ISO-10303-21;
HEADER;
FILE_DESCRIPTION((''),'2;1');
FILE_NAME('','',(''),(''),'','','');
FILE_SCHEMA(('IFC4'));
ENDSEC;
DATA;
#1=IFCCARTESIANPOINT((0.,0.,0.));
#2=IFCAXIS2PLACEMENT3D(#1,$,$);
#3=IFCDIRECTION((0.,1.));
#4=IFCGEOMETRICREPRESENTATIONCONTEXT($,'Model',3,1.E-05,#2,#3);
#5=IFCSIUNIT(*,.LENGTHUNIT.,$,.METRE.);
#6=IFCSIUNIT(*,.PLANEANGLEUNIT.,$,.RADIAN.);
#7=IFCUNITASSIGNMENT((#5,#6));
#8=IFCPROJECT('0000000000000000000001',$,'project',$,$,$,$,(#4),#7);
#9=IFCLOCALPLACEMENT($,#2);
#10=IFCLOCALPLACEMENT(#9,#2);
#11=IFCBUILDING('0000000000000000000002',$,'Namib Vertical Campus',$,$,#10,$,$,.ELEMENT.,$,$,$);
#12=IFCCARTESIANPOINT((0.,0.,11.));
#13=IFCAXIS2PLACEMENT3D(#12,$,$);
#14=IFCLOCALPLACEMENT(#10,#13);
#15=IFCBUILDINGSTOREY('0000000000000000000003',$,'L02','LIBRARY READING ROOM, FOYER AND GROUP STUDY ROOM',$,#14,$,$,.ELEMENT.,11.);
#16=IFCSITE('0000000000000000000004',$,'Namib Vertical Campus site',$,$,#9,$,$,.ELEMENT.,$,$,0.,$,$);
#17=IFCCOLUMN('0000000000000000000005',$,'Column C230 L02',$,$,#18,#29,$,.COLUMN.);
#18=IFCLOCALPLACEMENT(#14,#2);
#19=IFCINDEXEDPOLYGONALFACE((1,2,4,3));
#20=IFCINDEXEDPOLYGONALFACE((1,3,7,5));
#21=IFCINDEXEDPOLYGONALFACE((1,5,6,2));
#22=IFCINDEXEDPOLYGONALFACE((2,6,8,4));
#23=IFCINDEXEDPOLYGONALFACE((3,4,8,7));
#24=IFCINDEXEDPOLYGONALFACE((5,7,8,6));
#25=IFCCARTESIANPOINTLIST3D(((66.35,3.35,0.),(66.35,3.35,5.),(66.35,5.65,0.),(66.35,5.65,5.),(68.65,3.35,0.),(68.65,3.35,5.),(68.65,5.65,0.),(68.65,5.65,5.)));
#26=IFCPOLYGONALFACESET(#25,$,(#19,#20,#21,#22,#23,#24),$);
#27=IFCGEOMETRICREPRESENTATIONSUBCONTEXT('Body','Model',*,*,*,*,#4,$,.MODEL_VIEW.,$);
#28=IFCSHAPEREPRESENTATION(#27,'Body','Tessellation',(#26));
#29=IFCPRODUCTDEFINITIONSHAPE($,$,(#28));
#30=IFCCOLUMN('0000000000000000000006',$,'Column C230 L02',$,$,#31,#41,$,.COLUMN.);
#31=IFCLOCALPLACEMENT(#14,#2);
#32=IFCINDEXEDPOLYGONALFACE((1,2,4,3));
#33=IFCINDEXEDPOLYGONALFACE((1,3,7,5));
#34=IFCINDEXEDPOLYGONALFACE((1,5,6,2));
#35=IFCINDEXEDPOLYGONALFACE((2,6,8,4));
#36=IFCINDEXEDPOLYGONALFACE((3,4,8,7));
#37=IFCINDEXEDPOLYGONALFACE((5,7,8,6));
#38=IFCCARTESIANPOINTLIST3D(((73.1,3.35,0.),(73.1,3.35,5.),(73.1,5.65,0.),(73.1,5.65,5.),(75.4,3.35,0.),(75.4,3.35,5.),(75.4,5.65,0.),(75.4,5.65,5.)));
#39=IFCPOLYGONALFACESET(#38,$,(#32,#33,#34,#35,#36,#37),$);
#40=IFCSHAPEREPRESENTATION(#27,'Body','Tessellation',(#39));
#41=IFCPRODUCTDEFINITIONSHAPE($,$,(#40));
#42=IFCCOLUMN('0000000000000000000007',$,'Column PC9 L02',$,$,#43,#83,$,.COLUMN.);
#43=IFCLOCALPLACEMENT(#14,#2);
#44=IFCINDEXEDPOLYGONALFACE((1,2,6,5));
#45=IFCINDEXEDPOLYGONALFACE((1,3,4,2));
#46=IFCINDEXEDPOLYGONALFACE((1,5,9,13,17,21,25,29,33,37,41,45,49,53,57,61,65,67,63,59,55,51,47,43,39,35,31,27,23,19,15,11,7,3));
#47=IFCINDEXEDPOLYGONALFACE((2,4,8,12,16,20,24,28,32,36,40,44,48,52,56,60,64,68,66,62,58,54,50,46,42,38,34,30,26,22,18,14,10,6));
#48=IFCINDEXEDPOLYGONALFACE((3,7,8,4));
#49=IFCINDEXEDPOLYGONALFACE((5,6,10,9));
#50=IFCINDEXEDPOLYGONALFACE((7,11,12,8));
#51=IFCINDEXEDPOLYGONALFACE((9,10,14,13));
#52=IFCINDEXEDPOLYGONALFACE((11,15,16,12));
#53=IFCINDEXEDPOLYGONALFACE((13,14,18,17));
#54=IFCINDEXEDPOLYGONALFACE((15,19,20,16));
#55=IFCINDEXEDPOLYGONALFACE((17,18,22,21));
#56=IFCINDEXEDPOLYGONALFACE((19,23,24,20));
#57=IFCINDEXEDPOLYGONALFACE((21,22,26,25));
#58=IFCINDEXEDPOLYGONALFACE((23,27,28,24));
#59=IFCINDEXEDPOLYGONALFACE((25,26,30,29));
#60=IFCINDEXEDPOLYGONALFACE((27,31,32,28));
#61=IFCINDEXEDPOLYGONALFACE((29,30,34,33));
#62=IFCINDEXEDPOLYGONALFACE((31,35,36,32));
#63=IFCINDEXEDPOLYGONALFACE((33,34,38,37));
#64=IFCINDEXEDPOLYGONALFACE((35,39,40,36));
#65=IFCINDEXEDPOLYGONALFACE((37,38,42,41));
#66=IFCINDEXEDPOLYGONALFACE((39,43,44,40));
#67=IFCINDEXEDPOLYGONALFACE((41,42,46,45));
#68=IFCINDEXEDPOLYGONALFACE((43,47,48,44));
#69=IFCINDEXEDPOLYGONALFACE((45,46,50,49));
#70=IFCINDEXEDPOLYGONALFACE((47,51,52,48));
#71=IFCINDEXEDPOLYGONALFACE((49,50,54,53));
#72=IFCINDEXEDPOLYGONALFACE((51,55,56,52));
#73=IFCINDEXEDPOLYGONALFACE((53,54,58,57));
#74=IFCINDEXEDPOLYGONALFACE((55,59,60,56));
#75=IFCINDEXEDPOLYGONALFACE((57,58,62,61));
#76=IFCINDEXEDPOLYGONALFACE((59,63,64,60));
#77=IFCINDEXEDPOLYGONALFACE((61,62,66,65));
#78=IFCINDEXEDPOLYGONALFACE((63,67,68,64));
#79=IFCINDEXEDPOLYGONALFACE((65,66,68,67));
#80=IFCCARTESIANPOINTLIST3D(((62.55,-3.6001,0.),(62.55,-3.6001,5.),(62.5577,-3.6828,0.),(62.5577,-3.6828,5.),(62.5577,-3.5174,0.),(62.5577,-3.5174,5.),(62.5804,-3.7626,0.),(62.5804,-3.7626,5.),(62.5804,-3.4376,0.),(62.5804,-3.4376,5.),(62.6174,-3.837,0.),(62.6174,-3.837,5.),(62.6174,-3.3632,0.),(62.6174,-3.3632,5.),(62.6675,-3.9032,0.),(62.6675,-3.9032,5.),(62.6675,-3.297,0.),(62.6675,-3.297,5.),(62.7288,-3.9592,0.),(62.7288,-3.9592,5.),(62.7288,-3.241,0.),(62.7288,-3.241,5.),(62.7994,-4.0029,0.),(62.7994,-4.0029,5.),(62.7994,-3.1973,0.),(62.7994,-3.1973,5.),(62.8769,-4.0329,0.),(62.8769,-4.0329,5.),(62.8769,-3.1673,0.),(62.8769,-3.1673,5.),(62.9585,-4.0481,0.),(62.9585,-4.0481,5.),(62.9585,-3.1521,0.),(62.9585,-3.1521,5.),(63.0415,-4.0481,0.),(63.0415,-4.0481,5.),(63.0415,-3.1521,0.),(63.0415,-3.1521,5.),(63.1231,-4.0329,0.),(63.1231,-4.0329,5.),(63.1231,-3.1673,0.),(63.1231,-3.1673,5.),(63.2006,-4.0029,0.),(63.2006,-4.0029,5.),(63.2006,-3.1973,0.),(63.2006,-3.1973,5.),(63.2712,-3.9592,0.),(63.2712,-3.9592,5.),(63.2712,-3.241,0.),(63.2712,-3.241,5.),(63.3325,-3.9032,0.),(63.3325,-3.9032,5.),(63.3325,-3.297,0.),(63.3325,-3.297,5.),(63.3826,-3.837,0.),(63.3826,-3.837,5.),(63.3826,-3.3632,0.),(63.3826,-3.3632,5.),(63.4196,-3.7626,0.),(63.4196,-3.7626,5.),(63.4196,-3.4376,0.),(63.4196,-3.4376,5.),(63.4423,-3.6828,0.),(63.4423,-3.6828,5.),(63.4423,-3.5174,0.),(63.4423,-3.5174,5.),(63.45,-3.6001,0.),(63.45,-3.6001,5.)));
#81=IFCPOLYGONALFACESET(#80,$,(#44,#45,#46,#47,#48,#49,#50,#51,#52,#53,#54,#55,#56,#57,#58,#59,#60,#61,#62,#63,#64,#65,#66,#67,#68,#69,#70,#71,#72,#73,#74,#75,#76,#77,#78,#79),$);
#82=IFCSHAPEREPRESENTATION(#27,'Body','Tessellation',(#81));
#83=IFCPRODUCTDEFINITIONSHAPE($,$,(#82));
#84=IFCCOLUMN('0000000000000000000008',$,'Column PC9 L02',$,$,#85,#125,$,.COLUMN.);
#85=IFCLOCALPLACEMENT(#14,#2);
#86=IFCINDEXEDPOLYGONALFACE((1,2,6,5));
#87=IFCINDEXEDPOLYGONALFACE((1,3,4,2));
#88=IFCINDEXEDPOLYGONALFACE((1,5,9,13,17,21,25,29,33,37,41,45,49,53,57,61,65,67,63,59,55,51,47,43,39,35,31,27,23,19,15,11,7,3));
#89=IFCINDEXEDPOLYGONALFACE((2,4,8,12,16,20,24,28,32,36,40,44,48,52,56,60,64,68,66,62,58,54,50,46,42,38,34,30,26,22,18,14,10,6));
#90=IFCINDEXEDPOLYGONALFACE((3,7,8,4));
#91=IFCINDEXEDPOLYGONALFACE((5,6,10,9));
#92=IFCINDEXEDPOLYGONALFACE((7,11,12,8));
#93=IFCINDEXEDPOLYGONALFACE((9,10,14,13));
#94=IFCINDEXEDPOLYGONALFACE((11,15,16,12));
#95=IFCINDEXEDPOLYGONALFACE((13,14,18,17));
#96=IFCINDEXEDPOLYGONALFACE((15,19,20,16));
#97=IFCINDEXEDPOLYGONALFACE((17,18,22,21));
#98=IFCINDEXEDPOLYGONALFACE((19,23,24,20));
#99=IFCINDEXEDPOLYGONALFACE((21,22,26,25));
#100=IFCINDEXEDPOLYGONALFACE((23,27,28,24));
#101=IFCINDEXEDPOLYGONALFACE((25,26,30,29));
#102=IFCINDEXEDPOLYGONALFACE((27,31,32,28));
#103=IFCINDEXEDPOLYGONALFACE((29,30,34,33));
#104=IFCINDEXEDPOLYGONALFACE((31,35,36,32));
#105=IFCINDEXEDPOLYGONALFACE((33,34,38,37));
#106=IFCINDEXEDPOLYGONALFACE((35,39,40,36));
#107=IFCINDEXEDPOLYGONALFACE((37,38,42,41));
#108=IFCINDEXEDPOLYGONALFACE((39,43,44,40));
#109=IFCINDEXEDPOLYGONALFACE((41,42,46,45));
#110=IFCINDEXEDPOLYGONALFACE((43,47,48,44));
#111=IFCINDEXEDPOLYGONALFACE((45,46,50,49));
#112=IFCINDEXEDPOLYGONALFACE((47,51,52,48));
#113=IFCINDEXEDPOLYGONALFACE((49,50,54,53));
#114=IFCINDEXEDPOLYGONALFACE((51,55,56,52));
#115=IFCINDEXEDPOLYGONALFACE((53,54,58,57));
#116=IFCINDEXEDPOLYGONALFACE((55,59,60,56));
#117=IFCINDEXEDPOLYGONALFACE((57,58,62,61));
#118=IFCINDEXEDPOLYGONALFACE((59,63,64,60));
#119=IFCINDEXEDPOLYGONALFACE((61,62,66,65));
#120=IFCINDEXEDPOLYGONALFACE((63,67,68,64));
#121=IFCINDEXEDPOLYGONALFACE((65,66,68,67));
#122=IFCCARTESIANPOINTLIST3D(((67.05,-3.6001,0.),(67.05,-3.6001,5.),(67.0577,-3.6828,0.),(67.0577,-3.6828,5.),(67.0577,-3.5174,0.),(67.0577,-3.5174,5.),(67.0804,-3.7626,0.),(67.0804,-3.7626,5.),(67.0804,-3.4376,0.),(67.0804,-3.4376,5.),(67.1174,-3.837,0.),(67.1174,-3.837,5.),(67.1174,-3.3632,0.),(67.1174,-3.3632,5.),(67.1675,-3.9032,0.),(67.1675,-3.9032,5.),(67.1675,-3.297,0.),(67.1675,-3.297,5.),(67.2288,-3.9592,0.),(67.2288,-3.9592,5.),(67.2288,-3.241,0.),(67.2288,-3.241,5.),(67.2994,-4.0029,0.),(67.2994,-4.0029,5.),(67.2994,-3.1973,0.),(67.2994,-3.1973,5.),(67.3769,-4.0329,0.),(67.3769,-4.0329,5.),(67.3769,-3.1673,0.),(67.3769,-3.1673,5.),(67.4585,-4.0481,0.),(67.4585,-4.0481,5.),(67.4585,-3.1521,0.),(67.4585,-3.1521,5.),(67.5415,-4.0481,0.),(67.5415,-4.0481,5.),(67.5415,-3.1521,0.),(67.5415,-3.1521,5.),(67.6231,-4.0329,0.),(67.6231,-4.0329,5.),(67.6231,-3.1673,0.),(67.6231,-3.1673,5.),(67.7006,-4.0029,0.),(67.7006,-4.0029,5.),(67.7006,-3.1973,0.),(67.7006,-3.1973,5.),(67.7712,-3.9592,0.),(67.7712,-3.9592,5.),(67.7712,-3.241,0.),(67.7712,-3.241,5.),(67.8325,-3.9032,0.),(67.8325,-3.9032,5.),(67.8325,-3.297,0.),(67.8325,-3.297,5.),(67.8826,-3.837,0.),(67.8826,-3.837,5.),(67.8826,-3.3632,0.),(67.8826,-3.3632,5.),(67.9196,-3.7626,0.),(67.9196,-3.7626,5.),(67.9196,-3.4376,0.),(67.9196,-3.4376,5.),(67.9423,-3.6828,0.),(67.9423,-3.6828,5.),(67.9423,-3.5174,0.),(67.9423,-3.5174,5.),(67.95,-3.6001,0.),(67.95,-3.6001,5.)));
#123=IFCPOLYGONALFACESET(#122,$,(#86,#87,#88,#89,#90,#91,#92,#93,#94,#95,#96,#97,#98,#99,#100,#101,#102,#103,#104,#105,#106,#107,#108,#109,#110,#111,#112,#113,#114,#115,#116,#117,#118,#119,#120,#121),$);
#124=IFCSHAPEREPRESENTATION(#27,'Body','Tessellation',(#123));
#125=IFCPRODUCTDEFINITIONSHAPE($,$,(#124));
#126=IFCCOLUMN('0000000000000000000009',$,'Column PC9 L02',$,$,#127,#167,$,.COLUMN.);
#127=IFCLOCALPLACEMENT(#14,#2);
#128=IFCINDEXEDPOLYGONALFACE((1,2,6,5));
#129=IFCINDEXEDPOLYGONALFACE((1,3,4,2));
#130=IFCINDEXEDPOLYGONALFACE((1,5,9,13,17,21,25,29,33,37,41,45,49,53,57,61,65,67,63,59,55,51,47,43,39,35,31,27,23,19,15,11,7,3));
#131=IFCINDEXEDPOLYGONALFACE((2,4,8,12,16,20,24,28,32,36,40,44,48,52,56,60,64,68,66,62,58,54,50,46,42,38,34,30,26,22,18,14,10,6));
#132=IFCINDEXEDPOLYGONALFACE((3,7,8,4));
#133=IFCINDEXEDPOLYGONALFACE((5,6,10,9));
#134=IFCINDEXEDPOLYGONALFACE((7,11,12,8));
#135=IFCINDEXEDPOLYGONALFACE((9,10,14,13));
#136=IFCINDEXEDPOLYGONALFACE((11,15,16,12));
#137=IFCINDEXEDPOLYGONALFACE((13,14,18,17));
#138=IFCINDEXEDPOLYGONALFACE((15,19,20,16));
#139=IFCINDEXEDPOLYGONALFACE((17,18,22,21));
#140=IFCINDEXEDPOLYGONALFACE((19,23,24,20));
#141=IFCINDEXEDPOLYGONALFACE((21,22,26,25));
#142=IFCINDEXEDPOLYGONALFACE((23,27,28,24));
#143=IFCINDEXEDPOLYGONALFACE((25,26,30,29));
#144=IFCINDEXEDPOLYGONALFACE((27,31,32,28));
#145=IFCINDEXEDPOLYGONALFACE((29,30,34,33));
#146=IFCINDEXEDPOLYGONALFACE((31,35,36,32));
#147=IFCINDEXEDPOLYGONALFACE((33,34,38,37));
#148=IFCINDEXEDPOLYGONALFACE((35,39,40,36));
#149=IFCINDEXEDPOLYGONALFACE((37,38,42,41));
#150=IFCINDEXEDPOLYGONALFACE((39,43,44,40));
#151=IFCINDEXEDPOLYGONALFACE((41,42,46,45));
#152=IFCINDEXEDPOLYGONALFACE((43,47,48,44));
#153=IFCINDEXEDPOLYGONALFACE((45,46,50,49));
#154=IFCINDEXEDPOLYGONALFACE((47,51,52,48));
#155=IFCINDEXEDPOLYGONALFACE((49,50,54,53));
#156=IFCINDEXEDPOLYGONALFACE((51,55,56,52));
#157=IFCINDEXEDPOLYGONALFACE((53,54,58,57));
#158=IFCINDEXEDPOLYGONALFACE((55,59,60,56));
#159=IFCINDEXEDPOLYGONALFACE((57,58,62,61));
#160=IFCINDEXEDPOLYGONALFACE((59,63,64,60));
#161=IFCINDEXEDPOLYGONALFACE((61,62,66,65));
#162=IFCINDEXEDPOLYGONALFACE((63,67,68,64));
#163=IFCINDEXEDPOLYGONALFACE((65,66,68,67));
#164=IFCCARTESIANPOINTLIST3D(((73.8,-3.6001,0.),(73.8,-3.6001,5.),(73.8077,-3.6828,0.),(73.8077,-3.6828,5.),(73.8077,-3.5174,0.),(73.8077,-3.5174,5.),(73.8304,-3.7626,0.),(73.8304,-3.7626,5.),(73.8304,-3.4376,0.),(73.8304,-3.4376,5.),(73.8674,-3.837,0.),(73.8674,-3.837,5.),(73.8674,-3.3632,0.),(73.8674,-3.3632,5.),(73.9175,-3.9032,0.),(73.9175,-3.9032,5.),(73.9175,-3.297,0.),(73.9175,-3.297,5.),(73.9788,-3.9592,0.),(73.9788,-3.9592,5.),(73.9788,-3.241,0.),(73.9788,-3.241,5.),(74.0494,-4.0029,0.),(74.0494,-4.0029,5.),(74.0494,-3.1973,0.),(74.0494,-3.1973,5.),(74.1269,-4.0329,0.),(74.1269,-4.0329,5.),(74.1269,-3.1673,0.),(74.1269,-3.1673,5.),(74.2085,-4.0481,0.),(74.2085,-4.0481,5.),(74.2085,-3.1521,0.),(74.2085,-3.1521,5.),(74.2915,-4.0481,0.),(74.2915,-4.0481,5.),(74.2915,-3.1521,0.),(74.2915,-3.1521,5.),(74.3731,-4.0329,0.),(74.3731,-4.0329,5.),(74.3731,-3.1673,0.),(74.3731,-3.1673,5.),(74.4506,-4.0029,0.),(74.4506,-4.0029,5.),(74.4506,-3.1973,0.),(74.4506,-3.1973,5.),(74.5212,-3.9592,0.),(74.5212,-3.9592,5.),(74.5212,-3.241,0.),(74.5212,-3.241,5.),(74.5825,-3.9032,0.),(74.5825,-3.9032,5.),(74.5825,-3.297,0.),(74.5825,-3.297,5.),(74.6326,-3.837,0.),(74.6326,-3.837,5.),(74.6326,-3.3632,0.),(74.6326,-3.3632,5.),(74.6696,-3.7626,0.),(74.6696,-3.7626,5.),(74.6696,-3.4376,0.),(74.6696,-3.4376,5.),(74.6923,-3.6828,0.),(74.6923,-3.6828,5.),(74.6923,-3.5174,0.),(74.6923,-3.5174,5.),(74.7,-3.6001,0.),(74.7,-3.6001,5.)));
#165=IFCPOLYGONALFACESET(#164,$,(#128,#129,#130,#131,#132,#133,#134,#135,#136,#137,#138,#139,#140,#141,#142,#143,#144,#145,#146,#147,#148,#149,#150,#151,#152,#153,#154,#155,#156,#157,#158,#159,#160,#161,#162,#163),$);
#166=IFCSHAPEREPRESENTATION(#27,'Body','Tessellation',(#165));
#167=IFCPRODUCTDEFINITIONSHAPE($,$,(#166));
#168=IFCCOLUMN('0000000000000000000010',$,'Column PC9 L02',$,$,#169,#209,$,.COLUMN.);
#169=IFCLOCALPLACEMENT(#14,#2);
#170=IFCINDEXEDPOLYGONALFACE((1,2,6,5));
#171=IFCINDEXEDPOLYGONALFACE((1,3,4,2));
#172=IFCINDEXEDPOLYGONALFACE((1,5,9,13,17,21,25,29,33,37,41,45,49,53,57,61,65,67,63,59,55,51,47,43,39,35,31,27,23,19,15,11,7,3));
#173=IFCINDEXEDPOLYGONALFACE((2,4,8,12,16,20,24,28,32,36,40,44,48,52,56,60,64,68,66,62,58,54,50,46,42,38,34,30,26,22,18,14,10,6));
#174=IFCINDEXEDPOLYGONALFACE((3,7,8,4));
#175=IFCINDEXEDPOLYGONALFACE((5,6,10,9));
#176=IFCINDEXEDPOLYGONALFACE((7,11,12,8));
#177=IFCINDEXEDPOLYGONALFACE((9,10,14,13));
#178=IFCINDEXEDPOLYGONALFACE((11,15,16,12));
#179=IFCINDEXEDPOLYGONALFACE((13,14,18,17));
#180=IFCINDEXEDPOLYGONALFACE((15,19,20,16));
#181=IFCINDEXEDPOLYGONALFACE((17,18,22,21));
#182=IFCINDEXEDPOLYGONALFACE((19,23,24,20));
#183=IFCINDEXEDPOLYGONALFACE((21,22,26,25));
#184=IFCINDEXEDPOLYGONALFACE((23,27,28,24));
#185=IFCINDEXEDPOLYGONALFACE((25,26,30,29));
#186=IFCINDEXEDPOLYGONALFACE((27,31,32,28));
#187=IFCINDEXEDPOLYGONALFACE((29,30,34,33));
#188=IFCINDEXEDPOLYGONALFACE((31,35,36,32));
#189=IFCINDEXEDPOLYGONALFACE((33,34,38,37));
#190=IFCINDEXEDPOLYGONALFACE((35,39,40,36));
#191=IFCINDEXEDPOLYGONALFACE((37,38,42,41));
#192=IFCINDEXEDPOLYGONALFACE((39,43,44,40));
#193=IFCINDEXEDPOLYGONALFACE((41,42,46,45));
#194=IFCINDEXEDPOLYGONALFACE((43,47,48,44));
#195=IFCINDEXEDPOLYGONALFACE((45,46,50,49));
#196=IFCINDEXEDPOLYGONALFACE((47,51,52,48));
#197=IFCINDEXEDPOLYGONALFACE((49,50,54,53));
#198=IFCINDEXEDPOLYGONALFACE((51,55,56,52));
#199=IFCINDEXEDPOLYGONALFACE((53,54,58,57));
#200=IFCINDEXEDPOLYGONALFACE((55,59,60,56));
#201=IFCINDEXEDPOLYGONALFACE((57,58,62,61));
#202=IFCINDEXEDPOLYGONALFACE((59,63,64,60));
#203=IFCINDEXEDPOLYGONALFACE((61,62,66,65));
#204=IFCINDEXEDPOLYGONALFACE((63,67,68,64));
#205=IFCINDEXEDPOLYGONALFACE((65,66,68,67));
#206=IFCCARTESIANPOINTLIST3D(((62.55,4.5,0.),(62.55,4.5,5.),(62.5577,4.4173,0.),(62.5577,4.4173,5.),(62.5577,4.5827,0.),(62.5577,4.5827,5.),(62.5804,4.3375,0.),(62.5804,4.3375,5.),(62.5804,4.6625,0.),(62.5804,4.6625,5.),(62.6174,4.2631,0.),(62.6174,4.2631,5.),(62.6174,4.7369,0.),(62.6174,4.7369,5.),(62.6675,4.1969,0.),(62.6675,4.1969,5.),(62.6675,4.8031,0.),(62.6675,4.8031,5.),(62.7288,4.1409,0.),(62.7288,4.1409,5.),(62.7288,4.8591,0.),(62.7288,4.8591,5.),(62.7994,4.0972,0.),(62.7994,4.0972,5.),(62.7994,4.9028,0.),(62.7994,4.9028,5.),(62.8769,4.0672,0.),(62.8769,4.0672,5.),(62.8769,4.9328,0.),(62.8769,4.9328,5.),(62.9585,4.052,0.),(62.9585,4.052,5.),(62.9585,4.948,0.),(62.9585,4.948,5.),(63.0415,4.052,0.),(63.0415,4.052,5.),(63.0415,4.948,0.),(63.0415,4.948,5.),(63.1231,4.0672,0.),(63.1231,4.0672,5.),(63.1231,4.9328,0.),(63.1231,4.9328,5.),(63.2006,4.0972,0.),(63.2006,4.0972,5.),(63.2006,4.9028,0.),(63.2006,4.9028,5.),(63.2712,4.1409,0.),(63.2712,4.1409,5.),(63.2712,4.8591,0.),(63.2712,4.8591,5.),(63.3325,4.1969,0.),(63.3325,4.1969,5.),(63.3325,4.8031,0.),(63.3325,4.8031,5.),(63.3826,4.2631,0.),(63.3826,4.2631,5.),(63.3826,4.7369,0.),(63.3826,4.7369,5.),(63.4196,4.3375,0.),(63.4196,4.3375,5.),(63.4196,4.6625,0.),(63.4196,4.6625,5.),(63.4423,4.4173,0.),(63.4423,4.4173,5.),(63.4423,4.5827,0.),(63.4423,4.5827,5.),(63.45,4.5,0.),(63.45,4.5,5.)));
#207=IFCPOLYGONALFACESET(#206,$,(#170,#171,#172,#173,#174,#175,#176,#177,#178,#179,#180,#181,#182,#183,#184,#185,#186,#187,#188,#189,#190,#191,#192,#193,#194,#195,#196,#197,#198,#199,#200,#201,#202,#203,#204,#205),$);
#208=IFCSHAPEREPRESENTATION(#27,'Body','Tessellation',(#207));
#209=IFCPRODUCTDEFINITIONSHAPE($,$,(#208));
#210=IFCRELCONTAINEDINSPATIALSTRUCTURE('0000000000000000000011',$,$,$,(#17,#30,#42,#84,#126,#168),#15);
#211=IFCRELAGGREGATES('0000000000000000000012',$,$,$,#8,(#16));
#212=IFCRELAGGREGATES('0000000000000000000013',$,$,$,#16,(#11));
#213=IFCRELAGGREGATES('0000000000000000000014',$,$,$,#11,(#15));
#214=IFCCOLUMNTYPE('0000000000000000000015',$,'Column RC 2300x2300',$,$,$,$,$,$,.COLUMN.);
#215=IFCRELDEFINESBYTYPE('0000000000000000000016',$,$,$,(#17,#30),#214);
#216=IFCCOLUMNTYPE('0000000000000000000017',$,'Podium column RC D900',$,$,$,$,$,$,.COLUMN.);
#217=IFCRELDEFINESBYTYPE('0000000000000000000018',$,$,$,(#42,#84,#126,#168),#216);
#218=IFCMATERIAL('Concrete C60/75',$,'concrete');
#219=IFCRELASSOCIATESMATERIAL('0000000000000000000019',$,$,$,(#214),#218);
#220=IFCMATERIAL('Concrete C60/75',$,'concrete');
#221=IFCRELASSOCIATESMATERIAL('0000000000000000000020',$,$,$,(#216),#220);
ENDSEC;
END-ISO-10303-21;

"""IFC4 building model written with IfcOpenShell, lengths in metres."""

from ifc_helpers import new_model, si_unit, direction, frame, origin, origin_2d, place, context, subcontext, project, spatial, rectangle, circle, extrude, material, material_profile, profile_set, type_object, element, save


model = new_model("IFC4")

# Units and contexts
model_context = context("Model", 3, precision=1e-05, world=origin(), true_north=direction((0.0, 1.0)))
body_context = subcontext(model_context, "Body", "Model", "MODEL_VIEW")
ifc_project = project(units=[si_unit("LENGTHUNIT", "METRE"), si_unit("PLANEANGLEUNIT", "RADIAN")], contexts=[model_context])

# Site, building, storey
site_placement = place(None, origin())
site = spatial("IfcSite", under=ifc_project, at=site_placement, Name="Namib Vertical Campus site", CompositionType="ELEMENT", RefElevation=0.0)
building_placement = place(site_placement, origin())
building = spatial("IfcBuilding", under=site, at=building_placement, Name="Namib Vertical Campus", CompositionType="ELEMENT")
storey_placement = place(building_placement, frame((0.0, 0.0, 11.0)))
storey = spatial("IfcBuildingStorey", under=building, at=storey_placement, Name="L02", Description="LIBRARY READING ROOM, FOYER AND GROUP STUDY ROOM", CompositionType="ELEMENT", Elevation=11.0)

# Columns
ifc_material_1 = material(Name="Concrete C60/75", Category="concrete")
ifc_material_profile_1 = material_profile(ifc_material_1, rectangle(XDim=2.3, YDim=2.3, at=origin_2d()))
ifc_profile_set_1 = profile_set([ifc_material_profile_1], Name="Concrete C60/75")
column_type_1 = type_object("IfcColumnType", Name="Column RC 2300x2300", PredefinedType="COLUMN", material=ifc_profile_set_1)
for number, where, z_axis, x_axis, name in (
    (1, (67.5, 4.5, 0.0), (0.0, 0.0, 1.0), (1.0, 0.0, 0.0), "Column C230 L02"),
    (2, (74.25, 4.5, 0.0), (0.0, 0.0, 1.0), (1.0, 0.0, 0.0), "Column C230 L02"),
):
    element("IfcColumn", number, at=place(storey_placement, frame(where, z_axis=z_axis, x_axis=x_axis)), inside=storey, type_object=column_type_1, Name=name, PredefinedType="COLUMN", context=body_context, shape_type="SweptSolid", body=[
        extrude(rectangle(XDim=2.3, YDim=2.3, at=origin_2d()), origin(), (0.0, 0.0, 1.0), 5.0),
    ])
ifc_material_2 = material(Name="Concrete C60/75", Category="concrete")
ifc_material_profile_2 = material_profile(ifc_material_2, circle(Radius=0.45, at=origin_2d()))
ifc_profile_set_2 = profile_set([ifc_material_profile_2], Name="Concrete C60/75")
column_type_2 = type_object("IfcColumnType", Name="Podium column RC D900", PredefinedType="COLUMN", material=ifc_profile_set_2)
for number, where, z_axis, x_axis, name in (
    (3, (63.0, -3.6001, 0.0), (0.0, 0.0, 1.0), (1.0, 0.0, 0.0), "Column PC9 L02"),
    (4, (67.5, -3.6001, 0.0), (0.0, 0.0, 1.0), (1.0, 0.0, 0.0), "Column PC9 L02"),
    (5, (74.25, -3.6001, 0.0), (0.0, 0.0, 1.0), (1.0, 0.0, 0.0), "Column PC9 L02"),
    (6, (63.0, 4.5, 0.0), (0.0, 0.0, 1.0), (1.0, 0.0, 0.0), "Column PC9 L02"),
):
    element("IfcColumn", number, at=place(storey_placement, frame(where, z_axis=z_axis, x_axis=x_axis)), inside=storey, type_object=column_type_2, Name=name, PredefinedType="COLUMN", context=body_context, shape_type="SweptSolid", body=[
        extrude(circle(Radius=0.45, at=origin_2d()), origin(), (0.0, 0.0, 1.0), 5.0),
    ])

save(model, "model.ifc")
